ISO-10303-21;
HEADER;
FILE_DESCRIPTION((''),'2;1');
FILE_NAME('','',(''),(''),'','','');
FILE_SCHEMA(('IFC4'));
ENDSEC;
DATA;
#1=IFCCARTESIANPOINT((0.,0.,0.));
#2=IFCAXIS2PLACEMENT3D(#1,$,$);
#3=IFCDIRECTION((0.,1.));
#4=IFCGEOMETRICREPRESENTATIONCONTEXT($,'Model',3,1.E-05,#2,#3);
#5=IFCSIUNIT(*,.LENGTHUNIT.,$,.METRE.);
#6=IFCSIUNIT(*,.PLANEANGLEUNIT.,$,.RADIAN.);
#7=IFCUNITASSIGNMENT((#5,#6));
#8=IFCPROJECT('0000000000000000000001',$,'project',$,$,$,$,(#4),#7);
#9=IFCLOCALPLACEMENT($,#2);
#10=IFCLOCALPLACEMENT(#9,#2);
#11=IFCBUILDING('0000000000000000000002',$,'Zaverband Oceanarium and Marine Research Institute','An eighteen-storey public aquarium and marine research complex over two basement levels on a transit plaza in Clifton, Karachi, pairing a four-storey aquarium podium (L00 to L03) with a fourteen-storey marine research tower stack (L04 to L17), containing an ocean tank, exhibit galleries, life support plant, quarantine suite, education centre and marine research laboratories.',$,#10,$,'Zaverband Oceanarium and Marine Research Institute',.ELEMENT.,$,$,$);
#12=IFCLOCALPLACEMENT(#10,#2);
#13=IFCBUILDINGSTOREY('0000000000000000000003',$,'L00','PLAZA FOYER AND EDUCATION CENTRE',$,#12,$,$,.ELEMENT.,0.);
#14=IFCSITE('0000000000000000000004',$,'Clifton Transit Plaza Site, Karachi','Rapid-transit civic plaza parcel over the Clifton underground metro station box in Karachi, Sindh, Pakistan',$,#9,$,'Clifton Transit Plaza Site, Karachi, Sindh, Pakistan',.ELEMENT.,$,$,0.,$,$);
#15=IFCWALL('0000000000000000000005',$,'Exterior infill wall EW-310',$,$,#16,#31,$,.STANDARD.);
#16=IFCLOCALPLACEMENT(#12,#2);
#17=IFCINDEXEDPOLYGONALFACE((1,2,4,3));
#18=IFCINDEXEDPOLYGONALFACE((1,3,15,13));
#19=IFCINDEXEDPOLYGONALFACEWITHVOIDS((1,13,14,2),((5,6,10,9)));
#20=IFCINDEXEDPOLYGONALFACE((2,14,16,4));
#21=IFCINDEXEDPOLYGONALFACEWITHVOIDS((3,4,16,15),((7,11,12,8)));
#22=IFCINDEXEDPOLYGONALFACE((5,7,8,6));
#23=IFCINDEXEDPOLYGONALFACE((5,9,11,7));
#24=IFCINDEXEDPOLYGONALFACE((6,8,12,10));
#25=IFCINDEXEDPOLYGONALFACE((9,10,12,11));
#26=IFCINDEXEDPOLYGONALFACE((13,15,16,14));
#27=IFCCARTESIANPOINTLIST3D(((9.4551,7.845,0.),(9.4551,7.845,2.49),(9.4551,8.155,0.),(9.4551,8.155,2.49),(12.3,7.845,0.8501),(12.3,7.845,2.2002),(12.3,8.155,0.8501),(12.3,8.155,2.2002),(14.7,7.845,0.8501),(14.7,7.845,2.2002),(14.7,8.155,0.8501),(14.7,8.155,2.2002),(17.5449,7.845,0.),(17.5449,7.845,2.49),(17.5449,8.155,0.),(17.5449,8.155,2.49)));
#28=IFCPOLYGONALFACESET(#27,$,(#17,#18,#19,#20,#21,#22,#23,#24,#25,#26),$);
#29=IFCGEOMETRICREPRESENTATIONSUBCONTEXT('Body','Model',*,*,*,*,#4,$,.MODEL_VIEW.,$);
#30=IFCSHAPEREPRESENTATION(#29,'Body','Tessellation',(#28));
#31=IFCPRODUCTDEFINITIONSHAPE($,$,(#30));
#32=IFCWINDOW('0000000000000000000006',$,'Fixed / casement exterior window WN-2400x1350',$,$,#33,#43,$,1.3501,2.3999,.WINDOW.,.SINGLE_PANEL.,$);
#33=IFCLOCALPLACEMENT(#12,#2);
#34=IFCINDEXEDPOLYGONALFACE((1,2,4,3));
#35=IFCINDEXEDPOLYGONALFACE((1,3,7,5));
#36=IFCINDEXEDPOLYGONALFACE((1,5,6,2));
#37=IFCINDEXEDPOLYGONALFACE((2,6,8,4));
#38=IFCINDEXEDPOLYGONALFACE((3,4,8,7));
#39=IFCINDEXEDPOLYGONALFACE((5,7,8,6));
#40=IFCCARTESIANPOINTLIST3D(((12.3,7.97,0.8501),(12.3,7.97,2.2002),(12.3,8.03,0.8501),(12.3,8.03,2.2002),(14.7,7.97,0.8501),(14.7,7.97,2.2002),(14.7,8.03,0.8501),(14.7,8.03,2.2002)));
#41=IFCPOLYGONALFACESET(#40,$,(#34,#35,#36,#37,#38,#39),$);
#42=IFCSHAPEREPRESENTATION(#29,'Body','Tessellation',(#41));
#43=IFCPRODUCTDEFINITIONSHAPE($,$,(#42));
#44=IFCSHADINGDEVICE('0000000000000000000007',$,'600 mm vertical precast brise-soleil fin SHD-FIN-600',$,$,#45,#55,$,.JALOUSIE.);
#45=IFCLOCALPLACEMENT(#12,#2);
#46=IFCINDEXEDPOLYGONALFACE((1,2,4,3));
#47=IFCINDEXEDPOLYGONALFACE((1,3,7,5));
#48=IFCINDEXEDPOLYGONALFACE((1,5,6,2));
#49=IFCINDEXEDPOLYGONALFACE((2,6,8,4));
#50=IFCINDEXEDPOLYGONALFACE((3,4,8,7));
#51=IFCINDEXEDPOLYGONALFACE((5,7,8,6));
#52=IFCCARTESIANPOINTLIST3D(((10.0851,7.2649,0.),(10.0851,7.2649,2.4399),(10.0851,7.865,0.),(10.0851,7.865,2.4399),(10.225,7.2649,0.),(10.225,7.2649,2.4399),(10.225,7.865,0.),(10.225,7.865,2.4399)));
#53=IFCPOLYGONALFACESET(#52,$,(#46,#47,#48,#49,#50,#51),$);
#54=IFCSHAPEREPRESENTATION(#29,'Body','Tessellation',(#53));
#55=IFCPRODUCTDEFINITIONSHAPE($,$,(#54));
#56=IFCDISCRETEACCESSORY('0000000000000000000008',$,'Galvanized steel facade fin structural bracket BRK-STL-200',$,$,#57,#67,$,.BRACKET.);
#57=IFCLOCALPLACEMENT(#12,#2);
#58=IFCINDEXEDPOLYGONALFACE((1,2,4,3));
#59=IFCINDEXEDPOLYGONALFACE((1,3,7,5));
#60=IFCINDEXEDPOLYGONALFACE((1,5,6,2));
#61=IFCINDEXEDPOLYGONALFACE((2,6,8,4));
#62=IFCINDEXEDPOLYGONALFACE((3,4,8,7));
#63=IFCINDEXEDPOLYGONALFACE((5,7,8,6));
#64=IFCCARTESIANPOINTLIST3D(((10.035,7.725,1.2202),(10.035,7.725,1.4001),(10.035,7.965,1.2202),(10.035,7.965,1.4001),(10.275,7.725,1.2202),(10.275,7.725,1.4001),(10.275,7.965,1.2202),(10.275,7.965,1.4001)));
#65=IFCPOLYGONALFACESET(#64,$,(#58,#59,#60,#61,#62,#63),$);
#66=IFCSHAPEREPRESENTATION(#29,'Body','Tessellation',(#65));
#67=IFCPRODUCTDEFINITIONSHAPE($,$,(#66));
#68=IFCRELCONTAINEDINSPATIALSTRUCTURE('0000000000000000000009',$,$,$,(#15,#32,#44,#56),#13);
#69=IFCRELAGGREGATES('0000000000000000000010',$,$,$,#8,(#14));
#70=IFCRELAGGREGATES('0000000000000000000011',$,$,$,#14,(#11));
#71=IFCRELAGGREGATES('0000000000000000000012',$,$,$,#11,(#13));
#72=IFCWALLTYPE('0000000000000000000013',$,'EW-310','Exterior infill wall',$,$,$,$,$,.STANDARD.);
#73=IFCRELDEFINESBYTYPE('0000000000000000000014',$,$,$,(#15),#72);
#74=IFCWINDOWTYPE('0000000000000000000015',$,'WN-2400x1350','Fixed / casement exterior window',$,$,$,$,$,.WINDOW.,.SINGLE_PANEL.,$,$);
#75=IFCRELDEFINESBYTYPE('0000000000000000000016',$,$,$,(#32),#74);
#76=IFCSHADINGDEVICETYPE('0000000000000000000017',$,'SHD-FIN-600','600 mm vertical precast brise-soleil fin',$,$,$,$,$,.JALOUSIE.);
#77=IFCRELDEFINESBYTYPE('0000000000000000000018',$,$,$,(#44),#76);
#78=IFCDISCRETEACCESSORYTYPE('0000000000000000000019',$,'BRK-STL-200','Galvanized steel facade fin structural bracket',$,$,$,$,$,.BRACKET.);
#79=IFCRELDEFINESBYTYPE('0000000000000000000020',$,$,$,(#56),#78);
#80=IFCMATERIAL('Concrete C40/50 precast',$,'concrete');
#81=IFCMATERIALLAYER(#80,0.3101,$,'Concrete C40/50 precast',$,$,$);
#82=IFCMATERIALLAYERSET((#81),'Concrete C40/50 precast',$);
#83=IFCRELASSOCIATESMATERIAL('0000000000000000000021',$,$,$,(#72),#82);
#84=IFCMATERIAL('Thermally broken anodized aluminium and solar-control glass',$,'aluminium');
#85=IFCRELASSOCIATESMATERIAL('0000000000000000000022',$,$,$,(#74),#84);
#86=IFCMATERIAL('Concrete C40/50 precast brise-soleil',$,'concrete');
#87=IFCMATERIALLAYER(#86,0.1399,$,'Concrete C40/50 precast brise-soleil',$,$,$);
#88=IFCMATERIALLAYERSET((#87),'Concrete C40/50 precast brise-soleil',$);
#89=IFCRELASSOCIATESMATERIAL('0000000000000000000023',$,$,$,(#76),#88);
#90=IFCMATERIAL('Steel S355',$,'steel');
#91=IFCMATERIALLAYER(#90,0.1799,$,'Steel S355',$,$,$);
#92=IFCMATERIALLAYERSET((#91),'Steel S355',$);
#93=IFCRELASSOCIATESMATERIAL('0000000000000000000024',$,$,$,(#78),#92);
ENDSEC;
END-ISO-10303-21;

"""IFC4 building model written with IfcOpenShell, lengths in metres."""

from ifc_helpers import new_model, si_unit, direction, frame, frame_2d, origin, origin_2d, place, context, subcontext, project, spatial, rectangle, extrude, material, layer, layer_set, type_object, element, fill, save


model = new_model("IFC4")

# Units and contexts
model_context = context("Model", 3, precision=1e-05, world=origin(), true_north=direction((0.0, 1.0)))
body_context = subcontext(model_context, "Body", "Model", "MODEL_VIEW")
ifc_project = project(units=[si_unit("LENGTHUNIT", "METRE"), si_unit("PLANEANGLEUNIT", "RADIAN")], contexts=[model_context])

# Site, building, storey
site_placement = place(None, origin())
site = spatial("IfcSite", under=ifc_project, at=site_placement, Name="Clifton Transit Plaza Site, Karachi", Description="Rapid-transit civic plaza parcel over the Clifton underground metro station box in Karachi, Sindh, Pakistan", LongName="Clifton Transit Plaza Site, Karachi, Sindh, Pakistan", CompositionType="ELEMENT", RefElevation=0.0)
building_placement = place(site_placement, origin())
building = spatial("IfcBuilding", under=site, at=building_placement, Name="Zaverband Oceanarium and Marine Research Institute", Description="An eighteen-storey public aquarium and marine research complex over two basement levels on a transit plaza in Clifton, Karachi, pairing a four-storey aquarium podium (L00 to L03) with a fourteen-storey marine research tower stack (L04 to L17), containing an ocean tank, exhibit galleries, life support plant, quarantine suite, education centre and marine research laboratories.", LongName="Zaverband Oceanarium and Marine Research Institute", CompositionType="ELEMENT")
storey_placement = place(building_placement, origin())
storey = spatial("IfcBuildingStorey", under=building, at=storey_placement, Name="L00", Description="PLAZA FOYER AND EDUCATION CENTRE", CompositionType="ELEMENT", Elevation=0.0)

# Shared definitions
ifc_material_1 = material(Name="Concrete C40/50 precast", Category="concrete")

# Wall, opening, window
ifc_layer_1 = layer(ifc_material_1, 0.3101, Name="Concrete C40/50 precast")
ifc_layer_set_1 = layer_set([ifc_layer_1], Name="Concrete C40/50 precast")
wall_type_1 = type_object("IfcWallType", Name="EW-310", Description="Exterior infill wall", PredefinedType="STANDARD", material=ifc_layer_set_1)
wall_1_placement = place(storey_placement, frame((9.4551, 8.0, 0.0), z_axis=(0.0, 0.0, 1.0), x_axis=(1.0, 0.0, 0.0)))
wall_1 = element("IfcWall", 1, at=wall_1_placement, inside=storey, type_object=wall_type_1, Name="Exterior infill wall EW-310", PredefinedType="STANDARD", context=body_context, shape_type="SweptSolid", body=[
    extrude(rectangle(XDim=8.0898, YDim=0.3101, at=frame_2d((4.0449, 0.0))), origin(), (0.0, 0.0, 1.0), 2.49),
])
opening_1_placement = place(wall_1_placement, frame((2.845, 0.0, 0.8501)))
opening_1 = element("IfcOpeningElement", 2, at=opening_1_placement, cuts=wall_1, PredefinedType="OPENING", context=body_context, shape_type="SweptSolid", body=[
    extrude(rectangle(XDim=2.3999, YDim=1.3501, at=frame_2d((1.2, 0.675))), frame((0.0, 0.167, 0.0), z_axis=(0.0, -1.0, 0.0), x_axis=(1.0, 0.0, 0.0)), (0.0, 0.0, 1.0), 0.334),
])
ifc_material_2 = material(Name="Thermally broken anodized aluminium and solar-control glass", Category="aluminium")
window_type = type_object("IfcWindowType", Name="WN-2400x1350", Description="Fixed / casement exterior window", PartitioningType="SINGLE_PANEL", PredefinedType="WINDOW", material=ifc_material_2)
window_placement = place(opening_1_placement, origin())
window = element("IfcWindow", 3, at=window_placement, inside=storey, type_object=window_type, Name="Fixed / casement exterior window WN-2400x1350", OverallHeight=1.3501, OverallWidth=2.3999, PartitioningType="SINGLE_PANEL", PredefinedType="WINDOW", context=body_context, shape_type="SweptSolid", body=[
    extrude(rectangle(XDim=2.3999, YDim=1.3501, at=frame_2d((1.2, 0.675))), frame((0.0, 0.03, 0.0), z_axis=(0.0, -1.0, 0.0), x_axis=(1.0, 0.0, 0.0)), (0.0, 0.0, 1.0), 0.0601),
])
fill(opening_1, window)

# Shading device
ifc_material_3 = material(Name="Concrete C40/50 precast brise-soleil", Category="concrete")
ifc_layer_2 = layer(ifc_material_3, 0.1399, Name="Concrete C40/50 precast brise-soleil")
ifc_layer_set_2 = layer_set([ifc_layer_2], Name="Concrete C40/50 precast brise-soleil")
shading_device_type = type_object("IfcShadingDeviceType", Name="SHD-FIN-600", Description="600 mm vertical precast brise-soleil fin", PredefinedType="JALOUSIE", material=ifc_layer_set_2)
shading_device_placement = place(storey_placement, frame((10.155, 7.865, 0.0), z_axis=(0.0, 0.0, 1.0), x_axis=(0.0, -1.0, 0.0)))
element("IfcShadingDevice", 4, at=shading_device_placement, inside=storey, type_object=shading_device_type, Name="600 mm vertical precast brise-soleil fin SHD-FIN-600", PredefinedType="JALOUSIE", context=body_context, shape_type="SweptSolid", body=[
    extrude(rectangle(XDim=0.6001, YDim=0.1399, at=frame_2d((0.3, 0.0))), origin(), (0.0, 0.0, 1.0), 2.4399),
])

# Discrete accessory
ifc_material_4 = material(Name="Steel S355", Category="steel")
ifc_layer_3 = layer(ifc_material_4, 0.1799, Name="Steel S355")
ifc_layer_set_3 = layer_set([ifc_layer_3], Name="Steel S355")
discrete_accessory_type = type_object("IfcDiscreteAccessoryType", Name="BRK-STL-200", Description="Galvanized steel facade fin structural bracket", PredefinedType="BRACKET", material=ifc_layer_set_3)
discrete_accessory_placement = place(storey_placement, frame((10.155, 7.845, 1.2202), z_axis=(0.0, 0.0, 1.0), x_axis=(1.0, 0.0, 0.0)))
element("IfcDiscreteAccessory", 5, at=discrete_accessory_placement, inside=storey, type_object=discrete_accessory_type, Name="Galvanized steel facade fin structural bracket BRK-STL-200", PredefinedType="BRACKET", context=body_context, shape_type="SweptSolid", body=[
    extrude(rectangle(XDim=0.24, YDim=0.24, at=origin_2d()), origin(), (0.0, 0.0, 1.0), 0.1799),
])

save(model, "model.ifc")
